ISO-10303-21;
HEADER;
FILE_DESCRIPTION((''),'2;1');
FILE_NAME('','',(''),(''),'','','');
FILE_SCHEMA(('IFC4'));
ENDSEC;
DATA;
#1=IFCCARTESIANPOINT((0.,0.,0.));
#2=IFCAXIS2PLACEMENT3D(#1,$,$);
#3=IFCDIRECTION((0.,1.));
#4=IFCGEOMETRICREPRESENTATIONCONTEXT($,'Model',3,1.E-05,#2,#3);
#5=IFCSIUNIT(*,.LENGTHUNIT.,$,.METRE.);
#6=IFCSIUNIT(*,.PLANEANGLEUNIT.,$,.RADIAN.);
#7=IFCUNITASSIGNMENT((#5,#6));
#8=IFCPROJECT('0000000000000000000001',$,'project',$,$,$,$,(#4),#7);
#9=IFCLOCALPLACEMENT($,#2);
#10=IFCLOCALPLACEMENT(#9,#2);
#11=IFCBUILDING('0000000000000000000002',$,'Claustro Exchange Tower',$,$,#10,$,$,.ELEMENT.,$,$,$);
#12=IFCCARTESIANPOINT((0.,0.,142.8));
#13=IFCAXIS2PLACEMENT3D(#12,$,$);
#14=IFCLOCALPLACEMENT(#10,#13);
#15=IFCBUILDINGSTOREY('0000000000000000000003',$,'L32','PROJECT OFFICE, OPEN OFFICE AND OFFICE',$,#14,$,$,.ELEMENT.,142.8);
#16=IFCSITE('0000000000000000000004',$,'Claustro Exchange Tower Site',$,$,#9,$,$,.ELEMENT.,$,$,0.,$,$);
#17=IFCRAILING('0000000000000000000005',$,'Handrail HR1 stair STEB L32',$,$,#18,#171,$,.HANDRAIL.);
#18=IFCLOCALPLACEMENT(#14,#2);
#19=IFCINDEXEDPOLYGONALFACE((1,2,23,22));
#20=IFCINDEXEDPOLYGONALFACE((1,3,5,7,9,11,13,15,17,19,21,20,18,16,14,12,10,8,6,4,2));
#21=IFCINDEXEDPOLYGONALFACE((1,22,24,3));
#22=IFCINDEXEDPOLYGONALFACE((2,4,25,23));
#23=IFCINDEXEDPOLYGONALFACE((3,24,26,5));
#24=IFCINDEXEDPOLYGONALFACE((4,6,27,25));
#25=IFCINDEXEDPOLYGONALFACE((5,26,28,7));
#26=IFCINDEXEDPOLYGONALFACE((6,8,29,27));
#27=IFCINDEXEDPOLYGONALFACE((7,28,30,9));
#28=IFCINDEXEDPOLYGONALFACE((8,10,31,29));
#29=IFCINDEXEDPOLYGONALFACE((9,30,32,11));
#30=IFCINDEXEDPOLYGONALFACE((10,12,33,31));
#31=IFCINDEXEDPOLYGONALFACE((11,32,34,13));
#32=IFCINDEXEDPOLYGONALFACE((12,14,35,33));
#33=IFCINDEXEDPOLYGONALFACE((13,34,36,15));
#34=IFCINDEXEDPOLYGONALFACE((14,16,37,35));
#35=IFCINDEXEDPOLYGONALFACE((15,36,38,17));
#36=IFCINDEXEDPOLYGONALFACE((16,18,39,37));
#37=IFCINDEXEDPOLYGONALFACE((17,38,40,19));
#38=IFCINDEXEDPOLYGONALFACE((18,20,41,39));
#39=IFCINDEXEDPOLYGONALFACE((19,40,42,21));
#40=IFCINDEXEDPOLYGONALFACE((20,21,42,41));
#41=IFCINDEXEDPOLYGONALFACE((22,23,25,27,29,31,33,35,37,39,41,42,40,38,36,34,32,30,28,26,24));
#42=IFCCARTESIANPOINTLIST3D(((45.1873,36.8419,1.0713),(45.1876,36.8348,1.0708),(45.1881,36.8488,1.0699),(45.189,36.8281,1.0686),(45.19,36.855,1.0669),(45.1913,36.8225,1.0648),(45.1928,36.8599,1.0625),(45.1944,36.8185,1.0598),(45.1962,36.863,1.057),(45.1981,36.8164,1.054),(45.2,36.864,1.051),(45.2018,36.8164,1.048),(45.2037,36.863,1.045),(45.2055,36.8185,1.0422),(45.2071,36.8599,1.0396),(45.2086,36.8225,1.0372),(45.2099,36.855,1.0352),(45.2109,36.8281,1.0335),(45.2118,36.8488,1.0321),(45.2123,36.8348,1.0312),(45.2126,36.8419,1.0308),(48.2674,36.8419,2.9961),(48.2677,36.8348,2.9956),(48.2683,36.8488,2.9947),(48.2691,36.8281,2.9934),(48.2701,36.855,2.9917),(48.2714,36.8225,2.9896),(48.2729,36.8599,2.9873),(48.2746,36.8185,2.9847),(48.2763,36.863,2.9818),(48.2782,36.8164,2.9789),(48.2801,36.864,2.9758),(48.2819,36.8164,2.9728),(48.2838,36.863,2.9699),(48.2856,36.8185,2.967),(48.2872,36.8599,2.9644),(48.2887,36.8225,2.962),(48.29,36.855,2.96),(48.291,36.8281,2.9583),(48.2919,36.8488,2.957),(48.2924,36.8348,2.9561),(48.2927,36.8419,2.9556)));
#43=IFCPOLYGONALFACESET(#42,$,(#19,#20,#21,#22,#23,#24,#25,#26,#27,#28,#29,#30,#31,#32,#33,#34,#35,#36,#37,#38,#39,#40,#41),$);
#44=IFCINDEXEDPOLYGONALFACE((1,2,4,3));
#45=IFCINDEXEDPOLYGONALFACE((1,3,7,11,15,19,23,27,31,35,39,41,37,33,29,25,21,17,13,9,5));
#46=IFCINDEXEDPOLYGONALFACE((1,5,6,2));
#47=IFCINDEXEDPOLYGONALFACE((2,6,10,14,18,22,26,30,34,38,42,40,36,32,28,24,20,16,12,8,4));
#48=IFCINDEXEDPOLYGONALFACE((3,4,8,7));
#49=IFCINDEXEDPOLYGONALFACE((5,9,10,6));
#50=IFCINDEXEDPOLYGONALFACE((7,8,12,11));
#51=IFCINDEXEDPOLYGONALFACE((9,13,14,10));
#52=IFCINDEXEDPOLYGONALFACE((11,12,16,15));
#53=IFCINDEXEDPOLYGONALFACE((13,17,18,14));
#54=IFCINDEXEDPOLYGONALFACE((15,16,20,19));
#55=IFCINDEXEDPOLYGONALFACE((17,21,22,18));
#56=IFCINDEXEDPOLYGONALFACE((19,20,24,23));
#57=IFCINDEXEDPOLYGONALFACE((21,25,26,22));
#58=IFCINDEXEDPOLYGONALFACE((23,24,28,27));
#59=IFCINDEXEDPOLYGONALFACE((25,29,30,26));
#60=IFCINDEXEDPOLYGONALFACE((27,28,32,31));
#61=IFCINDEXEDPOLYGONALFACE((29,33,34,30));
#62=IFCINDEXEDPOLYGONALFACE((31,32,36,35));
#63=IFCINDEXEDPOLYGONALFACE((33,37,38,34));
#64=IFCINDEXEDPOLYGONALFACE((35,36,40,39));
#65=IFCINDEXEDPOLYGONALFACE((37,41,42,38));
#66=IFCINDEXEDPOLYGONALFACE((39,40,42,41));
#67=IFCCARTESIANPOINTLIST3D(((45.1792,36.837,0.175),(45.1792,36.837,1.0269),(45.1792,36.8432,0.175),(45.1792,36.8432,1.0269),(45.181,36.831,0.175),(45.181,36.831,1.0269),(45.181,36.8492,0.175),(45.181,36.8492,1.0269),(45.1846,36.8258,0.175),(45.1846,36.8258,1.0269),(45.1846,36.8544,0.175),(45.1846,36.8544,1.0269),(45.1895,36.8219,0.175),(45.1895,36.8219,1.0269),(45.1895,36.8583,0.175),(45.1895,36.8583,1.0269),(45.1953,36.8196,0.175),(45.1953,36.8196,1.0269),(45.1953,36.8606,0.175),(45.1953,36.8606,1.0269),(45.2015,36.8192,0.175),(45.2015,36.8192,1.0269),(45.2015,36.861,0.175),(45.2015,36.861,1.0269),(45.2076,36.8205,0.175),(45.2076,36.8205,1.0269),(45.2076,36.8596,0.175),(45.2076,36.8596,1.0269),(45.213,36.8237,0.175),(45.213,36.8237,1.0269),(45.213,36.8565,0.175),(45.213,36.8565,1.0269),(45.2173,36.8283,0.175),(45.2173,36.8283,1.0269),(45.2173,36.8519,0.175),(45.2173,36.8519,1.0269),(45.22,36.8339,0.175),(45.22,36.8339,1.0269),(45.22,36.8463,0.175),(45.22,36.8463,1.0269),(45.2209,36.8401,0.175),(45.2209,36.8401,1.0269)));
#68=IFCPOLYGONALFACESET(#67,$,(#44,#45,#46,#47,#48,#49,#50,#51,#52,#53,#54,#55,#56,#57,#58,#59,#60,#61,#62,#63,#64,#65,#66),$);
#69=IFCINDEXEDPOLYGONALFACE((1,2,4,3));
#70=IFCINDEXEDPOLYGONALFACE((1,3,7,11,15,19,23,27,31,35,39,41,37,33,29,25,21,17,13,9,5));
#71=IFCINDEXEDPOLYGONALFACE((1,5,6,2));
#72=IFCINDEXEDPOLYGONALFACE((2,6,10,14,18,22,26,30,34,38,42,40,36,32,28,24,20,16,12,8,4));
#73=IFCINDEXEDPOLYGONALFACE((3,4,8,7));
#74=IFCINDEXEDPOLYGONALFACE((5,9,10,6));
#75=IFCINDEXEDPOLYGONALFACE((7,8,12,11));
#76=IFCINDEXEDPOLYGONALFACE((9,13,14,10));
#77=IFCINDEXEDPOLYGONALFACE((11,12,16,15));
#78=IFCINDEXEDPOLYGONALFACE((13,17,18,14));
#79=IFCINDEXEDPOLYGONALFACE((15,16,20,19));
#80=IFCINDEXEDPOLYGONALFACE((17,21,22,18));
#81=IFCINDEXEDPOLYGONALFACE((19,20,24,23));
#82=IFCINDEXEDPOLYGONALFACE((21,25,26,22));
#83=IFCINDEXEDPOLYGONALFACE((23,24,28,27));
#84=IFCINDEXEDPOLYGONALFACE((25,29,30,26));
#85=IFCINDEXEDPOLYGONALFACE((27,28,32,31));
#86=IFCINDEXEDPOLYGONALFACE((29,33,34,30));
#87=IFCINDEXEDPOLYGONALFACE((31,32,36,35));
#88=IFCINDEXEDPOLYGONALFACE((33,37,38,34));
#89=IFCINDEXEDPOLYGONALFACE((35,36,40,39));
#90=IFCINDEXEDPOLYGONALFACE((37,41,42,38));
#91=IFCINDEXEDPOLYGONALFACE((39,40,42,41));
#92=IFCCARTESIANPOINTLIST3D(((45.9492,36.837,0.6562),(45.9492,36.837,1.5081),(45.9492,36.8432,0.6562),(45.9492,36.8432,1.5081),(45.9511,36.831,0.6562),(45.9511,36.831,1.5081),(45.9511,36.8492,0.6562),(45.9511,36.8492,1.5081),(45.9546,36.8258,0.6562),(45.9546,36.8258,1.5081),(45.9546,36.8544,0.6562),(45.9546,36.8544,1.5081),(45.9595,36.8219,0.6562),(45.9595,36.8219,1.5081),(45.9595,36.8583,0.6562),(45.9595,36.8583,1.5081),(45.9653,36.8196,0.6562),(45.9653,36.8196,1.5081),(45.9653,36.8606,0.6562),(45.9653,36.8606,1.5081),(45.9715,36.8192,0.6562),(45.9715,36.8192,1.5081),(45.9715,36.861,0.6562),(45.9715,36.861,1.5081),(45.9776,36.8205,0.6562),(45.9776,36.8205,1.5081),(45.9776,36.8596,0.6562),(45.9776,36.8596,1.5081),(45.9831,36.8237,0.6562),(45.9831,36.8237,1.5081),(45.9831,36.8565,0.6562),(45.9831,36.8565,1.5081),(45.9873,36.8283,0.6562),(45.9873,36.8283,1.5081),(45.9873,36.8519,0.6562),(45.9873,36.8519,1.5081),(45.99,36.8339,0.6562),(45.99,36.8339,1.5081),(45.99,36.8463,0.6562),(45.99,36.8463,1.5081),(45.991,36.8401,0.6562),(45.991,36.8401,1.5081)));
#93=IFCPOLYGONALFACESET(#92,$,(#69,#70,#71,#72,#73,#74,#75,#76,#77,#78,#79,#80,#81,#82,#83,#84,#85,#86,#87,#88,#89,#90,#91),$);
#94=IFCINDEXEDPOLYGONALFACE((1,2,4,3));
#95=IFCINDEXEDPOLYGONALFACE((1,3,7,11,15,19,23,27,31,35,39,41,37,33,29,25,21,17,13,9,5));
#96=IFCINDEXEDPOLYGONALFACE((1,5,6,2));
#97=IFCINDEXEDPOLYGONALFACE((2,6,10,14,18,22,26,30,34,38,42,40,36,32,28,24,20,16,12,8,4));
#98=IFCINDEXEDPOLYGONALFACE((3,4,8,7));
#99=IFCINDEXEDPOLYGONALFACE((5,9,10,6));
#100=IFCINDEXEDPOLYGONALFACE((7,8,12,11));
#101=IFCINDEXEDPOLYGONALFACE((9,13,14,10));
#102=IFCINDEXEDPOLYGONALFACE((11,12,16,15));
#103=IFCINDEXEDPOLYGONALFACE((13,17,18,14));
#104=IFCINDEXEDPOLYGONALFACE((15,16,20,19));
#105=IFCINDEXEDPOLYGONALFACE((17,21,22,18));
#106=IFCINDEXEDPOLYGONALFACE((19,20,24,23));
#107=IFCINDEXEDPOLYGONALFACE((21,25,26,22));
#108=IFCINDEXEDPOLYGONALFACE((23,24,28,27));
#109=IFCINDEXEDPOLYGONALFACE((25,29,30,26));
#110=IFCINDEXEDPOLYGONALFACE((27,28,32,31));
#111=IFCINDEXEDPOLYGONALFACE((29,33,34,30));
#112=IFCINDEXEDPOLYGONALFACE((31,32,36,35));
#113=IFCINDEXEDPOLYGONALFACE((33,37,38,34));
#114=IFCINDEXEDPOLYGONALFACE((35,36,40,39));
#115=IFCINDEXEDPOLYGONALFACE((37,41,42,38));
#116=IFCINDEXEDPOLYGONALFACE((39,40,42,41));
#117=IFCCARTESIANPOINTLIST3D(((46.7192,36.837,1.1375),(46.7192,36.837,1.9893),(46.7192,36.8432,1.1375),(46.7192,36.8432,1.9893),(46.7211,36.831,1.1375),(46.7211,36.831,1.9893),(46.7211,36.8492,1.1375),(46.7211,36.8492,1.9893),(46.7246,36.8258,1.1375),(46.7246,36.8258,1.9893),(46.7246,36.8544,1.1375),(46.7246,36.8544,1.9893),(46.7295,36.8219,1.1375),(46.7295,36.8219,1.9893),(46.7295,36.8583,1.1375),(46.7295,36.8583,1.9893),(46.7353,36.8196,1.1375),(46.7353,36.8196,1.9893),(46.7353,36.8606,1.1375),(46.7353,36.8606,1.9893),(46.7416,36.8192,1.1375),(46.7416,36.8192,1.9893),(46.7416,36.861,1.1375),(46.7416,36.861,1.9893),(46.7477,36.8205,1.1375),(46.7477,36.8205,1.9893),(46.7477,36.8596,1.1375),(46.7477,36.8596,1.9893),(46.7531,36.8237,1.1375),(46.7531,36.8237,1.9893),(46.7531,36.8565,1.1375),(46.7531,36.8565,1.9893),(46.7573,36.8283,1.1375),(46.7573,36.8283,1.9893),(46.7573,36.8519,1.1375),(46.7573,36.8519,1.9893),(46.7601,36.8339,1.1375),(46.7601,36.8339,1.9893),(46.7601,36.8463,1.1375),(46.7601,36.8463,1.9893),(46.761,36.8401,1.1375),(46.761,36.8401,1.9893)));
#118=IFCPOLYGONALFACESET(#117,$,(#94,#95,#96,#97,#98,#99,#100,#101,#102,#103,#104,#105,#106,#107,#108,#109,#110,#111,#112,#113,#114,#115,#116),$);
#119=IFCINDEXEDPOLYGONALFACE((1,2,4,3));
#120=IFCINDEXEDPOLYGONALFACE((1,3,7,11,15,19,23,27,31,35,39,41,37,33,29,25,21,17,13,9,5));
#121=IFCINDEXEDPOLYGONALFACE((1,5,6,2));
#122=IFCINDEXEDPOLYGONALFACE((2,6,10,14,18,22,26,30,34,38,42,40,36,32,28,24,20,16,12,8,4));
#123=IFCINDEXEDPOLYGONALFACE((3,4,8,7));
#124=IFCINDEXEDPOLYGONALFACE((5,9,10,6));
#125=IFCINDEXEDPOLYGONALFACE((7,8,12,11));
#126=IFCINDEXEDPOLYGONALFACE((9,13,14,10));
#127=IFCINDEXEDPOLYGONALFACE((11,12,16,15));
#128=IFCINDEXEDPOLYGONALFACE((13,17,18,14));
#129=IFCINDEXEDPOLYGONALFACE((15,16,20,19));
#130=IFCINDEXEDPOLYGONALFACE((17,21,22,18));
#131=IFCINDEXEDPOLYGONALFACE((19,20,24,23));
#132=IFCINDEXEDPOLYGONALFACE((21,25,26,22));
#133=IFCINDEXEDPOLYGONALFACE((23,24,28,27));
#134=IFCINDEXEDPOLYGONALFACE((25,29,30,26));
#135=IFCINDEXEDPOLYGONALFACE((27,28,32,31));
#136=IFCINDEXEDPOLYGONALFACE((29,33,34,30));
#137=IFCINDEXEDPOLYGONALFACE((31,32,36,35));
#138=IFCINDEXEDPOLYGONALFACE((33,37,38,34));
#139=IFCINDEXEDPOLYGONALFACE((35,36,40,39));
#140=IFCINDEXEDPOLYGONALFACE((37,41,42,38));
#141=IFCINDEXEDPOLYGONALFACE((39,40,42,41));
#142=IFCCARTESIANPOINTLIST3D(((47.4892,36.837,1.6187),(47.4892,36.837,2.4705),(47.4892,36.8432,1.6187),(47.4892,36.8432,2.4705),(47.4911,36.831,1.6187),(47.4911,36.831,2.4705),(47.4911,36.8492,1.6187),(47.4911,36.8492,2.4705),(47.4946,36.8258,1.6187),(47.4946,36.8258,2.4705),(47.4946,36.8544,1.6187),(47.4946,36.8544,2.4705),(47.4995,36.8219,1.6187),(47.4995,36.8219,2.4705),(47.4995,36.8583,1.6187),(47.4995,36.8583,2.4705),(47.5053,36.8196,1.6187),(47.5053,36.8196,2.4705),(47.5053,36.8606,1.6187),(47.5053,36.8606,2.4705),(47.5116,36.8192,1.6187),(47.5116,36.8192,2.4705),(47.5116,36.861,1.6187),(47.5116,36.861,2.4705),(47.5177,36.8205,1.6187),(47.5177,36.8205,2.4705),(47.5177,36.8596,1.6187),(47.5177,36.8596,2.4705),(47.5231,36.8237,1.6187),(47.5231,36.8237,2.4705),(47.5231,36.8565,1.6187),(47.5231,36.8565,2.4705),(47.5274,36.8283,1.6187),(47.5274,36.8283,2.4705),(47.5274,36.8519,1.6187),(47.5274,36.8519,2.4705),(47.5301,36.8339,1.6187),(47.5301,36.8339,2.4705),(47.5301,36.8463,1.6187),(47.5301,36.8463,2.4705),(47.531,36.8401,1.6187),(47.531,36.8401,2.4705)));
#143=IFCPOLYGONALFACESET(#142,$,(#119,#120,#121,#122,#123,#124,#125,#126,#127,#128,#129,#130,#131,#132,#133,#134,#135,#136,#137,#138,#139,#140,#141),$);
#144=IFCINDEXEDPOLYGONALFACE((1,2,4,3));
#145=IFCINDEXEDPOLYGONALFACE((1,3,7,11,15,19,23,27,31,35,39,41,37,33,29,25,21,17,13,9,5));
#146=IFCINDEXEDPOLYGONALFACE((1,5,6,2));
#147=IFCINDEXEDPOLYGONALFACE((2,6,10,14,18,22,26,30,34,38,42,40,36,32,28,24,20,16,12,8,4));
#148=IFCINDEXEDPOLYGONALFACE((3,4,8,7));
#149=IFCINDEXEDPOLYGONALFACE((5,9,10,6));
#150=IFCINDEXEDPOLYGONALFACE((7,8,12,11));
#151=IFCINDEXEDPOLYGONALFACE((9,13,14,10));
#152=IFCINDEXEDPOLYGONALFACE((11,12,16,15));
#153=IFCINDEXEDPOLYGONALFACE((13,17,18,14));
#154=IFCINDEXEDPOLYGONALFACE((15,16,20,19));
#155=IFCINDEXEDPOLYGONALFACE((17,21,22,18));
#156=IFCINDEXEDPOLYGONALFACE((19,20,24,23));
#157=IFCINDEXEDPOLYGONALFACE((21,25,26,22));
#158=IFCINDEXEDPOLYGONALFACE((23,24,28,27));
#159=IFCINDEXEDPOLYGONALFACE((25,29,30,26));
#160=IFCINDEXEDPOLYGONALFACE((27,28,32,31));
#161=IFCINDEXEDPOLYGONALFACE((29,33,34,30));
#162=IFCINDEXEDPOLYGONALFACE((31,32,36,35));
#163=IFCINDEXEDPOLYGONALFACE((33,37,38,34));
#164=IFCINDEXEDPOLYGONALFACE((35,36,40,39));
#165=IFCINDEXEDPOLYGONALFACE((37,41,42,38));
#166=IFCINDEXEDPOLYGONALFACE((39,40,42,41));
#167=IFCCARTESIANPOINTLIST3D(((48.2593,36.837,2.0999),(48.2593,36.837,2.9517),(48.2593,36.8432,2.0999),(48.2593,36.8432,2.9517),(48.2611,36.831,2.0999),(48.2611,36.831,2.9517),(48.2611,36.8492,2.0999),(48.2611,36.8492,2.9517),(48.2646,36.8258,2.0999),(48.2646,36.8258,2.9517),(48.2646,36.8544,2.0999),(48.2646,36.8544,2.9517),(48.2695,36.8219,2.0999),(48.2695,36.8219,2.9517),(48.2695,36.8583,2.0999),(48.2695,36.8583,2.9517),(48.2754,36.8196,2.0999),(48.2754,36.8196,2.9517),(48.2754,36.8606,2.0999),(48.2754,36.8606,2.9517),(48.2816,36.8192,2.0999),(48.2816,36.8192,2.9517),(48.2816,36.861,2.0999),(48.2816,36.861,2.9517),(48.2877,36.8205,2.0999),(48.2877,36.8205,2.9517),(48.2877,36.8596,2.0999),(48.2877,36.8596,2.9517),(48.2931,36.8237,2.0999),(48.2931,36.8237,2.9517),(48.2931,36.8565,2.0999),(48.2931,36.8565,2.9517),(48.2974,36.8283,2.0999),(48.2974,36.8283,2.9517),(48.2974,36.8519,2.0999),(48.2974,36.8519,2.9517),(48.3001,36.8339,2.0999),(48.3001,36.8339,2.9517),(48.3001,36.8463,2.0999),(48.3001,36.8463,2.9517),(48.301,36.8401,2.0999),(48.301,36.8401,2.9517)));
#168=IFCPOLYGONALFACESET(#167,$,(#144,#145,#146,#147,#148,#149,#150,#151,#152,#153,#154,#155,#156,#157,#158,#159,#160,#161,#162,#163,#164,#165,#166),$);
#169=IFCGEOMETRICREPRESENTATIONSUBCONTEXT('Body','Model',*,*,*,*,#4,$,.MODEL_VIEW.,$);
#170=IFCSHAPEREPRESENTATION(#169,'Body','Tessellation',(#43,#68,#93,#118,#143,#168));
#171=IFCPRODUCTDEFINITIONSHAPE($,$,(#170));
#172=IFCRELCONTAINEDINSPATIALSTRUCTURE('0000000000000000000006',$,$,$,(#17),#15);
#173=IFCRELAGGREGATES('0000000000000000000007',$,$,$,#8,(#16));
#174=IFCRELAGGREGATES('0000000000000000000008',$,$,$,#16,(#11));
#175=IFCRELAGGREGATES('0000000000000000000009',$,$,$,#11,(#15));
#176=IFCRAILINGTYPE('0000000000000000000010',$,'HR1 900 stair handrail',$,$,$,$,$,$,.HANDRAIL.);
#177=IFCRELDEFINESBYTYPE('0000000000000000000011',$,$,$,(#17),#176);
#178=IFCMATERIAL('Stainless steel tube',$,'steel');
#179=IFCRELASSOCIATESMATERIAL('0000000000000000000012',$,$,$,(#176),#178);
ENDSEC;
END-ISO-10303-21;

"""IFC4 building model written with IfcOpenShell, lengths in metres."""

from ifc_helpers import new_model, si_unit, direction, frame, origin, origin_2d, place, context, subcontext, project, spatial, circle, extrude, material, type_object, element, save


model = new_model("IFC4")

# Units and contexts
model_context = context("Model", 3, precision=1e-05, world=origin(), true_north=direction((0.0, 1.0)))
body_context = subcontext(model_context, "Body", "Model", "MODEL_VIEW")
ifc_project = project(units=[si_unit("LENGTHUNIT", "METRE"), si_unit("PLANEANGLEUNIT", "RADIAN")], contexts=[model_context])

# Site, building, storey
site_placement = place(None, origin())
site = spatial("IfcSite", under=ifc_project, at=site_placement, Name="Claustro Exchange Tower Site", CompositionType="ELEMENT", RefElevation=0.0)
building_placement = place(site_placement, origin())
building = spatial("IfcBuilding", under=site, at=building_placement, Name="Claustro Exchange Tower", CompositionType="ELEMENT")
storey_placement = place(building_placement, frame((0.0, 0.0, 142.8)))
storey = spatial("IfcBuildingStorey", under=building, at=storey_placement, Name="L32", Description="PROJECT OFFICE, OPEN OFFICE AND OFFICE", CompositionType="ELEMENT", Elevation=142.8)

# Railing
ifc_material_1 = material(Name="Stainless steel tube", Category="steel")
railing_type_1 = type_object("IfcRailingType", Name="HR1 900 stair handrail", PredefinedType="HANDRAIL", material=ifc_material_1)
railing_1_placement = place(storey_placement, frame((45.2, 36.8401, 0.175)))
element("IfcRailing", 1, at=railing_1_placement, inside=storey, type_object=railing_type_1, Name="Handrail HR1 stair STEB L32", PredefinedType="HANDRAIL", context=body_context, shape_type="SweptSolid", body=[
    extrude(circle(Radius=0.0239, at=origin_2d()), frame((0.0, 0.0, 0.876), z_axis=(0.848029, 0.0, 0.529951), x_axis=(0.0, 1.0, 0.0)), (0.0, 0.0, 1.0), 3.6321),
    extrude(circle(Radius=0.021, at=origin_2d()), origin(), (0.0, 0.0, 1.0), 0.8518),
    extrude(circle(Radius=0.021, at=origin_2d()), frame((0.77, 0.0, 0.4812)), (0.0, 0.0, 1.0), 0.8518),
    extrude(circle(Radius=0.021, at=origin_2d()), frame((1.54, 0.0, 0.9624)), (0.0, 0.0, 1.0), 0.8518),
    extrude(circle(Radius=0.021, at=origin_2d()), frame((2.3101, 0.0, 1.4436)), (0.0, 0.0, 1.0), 0.8518),
    extrude(circle(Radius=0.021, at=origin_2d()), frame((3.0801, 0.0, 1.9248)), (0.0, 0.0, 1.0), 0.8518),
])

save(model, "model.ifc")
